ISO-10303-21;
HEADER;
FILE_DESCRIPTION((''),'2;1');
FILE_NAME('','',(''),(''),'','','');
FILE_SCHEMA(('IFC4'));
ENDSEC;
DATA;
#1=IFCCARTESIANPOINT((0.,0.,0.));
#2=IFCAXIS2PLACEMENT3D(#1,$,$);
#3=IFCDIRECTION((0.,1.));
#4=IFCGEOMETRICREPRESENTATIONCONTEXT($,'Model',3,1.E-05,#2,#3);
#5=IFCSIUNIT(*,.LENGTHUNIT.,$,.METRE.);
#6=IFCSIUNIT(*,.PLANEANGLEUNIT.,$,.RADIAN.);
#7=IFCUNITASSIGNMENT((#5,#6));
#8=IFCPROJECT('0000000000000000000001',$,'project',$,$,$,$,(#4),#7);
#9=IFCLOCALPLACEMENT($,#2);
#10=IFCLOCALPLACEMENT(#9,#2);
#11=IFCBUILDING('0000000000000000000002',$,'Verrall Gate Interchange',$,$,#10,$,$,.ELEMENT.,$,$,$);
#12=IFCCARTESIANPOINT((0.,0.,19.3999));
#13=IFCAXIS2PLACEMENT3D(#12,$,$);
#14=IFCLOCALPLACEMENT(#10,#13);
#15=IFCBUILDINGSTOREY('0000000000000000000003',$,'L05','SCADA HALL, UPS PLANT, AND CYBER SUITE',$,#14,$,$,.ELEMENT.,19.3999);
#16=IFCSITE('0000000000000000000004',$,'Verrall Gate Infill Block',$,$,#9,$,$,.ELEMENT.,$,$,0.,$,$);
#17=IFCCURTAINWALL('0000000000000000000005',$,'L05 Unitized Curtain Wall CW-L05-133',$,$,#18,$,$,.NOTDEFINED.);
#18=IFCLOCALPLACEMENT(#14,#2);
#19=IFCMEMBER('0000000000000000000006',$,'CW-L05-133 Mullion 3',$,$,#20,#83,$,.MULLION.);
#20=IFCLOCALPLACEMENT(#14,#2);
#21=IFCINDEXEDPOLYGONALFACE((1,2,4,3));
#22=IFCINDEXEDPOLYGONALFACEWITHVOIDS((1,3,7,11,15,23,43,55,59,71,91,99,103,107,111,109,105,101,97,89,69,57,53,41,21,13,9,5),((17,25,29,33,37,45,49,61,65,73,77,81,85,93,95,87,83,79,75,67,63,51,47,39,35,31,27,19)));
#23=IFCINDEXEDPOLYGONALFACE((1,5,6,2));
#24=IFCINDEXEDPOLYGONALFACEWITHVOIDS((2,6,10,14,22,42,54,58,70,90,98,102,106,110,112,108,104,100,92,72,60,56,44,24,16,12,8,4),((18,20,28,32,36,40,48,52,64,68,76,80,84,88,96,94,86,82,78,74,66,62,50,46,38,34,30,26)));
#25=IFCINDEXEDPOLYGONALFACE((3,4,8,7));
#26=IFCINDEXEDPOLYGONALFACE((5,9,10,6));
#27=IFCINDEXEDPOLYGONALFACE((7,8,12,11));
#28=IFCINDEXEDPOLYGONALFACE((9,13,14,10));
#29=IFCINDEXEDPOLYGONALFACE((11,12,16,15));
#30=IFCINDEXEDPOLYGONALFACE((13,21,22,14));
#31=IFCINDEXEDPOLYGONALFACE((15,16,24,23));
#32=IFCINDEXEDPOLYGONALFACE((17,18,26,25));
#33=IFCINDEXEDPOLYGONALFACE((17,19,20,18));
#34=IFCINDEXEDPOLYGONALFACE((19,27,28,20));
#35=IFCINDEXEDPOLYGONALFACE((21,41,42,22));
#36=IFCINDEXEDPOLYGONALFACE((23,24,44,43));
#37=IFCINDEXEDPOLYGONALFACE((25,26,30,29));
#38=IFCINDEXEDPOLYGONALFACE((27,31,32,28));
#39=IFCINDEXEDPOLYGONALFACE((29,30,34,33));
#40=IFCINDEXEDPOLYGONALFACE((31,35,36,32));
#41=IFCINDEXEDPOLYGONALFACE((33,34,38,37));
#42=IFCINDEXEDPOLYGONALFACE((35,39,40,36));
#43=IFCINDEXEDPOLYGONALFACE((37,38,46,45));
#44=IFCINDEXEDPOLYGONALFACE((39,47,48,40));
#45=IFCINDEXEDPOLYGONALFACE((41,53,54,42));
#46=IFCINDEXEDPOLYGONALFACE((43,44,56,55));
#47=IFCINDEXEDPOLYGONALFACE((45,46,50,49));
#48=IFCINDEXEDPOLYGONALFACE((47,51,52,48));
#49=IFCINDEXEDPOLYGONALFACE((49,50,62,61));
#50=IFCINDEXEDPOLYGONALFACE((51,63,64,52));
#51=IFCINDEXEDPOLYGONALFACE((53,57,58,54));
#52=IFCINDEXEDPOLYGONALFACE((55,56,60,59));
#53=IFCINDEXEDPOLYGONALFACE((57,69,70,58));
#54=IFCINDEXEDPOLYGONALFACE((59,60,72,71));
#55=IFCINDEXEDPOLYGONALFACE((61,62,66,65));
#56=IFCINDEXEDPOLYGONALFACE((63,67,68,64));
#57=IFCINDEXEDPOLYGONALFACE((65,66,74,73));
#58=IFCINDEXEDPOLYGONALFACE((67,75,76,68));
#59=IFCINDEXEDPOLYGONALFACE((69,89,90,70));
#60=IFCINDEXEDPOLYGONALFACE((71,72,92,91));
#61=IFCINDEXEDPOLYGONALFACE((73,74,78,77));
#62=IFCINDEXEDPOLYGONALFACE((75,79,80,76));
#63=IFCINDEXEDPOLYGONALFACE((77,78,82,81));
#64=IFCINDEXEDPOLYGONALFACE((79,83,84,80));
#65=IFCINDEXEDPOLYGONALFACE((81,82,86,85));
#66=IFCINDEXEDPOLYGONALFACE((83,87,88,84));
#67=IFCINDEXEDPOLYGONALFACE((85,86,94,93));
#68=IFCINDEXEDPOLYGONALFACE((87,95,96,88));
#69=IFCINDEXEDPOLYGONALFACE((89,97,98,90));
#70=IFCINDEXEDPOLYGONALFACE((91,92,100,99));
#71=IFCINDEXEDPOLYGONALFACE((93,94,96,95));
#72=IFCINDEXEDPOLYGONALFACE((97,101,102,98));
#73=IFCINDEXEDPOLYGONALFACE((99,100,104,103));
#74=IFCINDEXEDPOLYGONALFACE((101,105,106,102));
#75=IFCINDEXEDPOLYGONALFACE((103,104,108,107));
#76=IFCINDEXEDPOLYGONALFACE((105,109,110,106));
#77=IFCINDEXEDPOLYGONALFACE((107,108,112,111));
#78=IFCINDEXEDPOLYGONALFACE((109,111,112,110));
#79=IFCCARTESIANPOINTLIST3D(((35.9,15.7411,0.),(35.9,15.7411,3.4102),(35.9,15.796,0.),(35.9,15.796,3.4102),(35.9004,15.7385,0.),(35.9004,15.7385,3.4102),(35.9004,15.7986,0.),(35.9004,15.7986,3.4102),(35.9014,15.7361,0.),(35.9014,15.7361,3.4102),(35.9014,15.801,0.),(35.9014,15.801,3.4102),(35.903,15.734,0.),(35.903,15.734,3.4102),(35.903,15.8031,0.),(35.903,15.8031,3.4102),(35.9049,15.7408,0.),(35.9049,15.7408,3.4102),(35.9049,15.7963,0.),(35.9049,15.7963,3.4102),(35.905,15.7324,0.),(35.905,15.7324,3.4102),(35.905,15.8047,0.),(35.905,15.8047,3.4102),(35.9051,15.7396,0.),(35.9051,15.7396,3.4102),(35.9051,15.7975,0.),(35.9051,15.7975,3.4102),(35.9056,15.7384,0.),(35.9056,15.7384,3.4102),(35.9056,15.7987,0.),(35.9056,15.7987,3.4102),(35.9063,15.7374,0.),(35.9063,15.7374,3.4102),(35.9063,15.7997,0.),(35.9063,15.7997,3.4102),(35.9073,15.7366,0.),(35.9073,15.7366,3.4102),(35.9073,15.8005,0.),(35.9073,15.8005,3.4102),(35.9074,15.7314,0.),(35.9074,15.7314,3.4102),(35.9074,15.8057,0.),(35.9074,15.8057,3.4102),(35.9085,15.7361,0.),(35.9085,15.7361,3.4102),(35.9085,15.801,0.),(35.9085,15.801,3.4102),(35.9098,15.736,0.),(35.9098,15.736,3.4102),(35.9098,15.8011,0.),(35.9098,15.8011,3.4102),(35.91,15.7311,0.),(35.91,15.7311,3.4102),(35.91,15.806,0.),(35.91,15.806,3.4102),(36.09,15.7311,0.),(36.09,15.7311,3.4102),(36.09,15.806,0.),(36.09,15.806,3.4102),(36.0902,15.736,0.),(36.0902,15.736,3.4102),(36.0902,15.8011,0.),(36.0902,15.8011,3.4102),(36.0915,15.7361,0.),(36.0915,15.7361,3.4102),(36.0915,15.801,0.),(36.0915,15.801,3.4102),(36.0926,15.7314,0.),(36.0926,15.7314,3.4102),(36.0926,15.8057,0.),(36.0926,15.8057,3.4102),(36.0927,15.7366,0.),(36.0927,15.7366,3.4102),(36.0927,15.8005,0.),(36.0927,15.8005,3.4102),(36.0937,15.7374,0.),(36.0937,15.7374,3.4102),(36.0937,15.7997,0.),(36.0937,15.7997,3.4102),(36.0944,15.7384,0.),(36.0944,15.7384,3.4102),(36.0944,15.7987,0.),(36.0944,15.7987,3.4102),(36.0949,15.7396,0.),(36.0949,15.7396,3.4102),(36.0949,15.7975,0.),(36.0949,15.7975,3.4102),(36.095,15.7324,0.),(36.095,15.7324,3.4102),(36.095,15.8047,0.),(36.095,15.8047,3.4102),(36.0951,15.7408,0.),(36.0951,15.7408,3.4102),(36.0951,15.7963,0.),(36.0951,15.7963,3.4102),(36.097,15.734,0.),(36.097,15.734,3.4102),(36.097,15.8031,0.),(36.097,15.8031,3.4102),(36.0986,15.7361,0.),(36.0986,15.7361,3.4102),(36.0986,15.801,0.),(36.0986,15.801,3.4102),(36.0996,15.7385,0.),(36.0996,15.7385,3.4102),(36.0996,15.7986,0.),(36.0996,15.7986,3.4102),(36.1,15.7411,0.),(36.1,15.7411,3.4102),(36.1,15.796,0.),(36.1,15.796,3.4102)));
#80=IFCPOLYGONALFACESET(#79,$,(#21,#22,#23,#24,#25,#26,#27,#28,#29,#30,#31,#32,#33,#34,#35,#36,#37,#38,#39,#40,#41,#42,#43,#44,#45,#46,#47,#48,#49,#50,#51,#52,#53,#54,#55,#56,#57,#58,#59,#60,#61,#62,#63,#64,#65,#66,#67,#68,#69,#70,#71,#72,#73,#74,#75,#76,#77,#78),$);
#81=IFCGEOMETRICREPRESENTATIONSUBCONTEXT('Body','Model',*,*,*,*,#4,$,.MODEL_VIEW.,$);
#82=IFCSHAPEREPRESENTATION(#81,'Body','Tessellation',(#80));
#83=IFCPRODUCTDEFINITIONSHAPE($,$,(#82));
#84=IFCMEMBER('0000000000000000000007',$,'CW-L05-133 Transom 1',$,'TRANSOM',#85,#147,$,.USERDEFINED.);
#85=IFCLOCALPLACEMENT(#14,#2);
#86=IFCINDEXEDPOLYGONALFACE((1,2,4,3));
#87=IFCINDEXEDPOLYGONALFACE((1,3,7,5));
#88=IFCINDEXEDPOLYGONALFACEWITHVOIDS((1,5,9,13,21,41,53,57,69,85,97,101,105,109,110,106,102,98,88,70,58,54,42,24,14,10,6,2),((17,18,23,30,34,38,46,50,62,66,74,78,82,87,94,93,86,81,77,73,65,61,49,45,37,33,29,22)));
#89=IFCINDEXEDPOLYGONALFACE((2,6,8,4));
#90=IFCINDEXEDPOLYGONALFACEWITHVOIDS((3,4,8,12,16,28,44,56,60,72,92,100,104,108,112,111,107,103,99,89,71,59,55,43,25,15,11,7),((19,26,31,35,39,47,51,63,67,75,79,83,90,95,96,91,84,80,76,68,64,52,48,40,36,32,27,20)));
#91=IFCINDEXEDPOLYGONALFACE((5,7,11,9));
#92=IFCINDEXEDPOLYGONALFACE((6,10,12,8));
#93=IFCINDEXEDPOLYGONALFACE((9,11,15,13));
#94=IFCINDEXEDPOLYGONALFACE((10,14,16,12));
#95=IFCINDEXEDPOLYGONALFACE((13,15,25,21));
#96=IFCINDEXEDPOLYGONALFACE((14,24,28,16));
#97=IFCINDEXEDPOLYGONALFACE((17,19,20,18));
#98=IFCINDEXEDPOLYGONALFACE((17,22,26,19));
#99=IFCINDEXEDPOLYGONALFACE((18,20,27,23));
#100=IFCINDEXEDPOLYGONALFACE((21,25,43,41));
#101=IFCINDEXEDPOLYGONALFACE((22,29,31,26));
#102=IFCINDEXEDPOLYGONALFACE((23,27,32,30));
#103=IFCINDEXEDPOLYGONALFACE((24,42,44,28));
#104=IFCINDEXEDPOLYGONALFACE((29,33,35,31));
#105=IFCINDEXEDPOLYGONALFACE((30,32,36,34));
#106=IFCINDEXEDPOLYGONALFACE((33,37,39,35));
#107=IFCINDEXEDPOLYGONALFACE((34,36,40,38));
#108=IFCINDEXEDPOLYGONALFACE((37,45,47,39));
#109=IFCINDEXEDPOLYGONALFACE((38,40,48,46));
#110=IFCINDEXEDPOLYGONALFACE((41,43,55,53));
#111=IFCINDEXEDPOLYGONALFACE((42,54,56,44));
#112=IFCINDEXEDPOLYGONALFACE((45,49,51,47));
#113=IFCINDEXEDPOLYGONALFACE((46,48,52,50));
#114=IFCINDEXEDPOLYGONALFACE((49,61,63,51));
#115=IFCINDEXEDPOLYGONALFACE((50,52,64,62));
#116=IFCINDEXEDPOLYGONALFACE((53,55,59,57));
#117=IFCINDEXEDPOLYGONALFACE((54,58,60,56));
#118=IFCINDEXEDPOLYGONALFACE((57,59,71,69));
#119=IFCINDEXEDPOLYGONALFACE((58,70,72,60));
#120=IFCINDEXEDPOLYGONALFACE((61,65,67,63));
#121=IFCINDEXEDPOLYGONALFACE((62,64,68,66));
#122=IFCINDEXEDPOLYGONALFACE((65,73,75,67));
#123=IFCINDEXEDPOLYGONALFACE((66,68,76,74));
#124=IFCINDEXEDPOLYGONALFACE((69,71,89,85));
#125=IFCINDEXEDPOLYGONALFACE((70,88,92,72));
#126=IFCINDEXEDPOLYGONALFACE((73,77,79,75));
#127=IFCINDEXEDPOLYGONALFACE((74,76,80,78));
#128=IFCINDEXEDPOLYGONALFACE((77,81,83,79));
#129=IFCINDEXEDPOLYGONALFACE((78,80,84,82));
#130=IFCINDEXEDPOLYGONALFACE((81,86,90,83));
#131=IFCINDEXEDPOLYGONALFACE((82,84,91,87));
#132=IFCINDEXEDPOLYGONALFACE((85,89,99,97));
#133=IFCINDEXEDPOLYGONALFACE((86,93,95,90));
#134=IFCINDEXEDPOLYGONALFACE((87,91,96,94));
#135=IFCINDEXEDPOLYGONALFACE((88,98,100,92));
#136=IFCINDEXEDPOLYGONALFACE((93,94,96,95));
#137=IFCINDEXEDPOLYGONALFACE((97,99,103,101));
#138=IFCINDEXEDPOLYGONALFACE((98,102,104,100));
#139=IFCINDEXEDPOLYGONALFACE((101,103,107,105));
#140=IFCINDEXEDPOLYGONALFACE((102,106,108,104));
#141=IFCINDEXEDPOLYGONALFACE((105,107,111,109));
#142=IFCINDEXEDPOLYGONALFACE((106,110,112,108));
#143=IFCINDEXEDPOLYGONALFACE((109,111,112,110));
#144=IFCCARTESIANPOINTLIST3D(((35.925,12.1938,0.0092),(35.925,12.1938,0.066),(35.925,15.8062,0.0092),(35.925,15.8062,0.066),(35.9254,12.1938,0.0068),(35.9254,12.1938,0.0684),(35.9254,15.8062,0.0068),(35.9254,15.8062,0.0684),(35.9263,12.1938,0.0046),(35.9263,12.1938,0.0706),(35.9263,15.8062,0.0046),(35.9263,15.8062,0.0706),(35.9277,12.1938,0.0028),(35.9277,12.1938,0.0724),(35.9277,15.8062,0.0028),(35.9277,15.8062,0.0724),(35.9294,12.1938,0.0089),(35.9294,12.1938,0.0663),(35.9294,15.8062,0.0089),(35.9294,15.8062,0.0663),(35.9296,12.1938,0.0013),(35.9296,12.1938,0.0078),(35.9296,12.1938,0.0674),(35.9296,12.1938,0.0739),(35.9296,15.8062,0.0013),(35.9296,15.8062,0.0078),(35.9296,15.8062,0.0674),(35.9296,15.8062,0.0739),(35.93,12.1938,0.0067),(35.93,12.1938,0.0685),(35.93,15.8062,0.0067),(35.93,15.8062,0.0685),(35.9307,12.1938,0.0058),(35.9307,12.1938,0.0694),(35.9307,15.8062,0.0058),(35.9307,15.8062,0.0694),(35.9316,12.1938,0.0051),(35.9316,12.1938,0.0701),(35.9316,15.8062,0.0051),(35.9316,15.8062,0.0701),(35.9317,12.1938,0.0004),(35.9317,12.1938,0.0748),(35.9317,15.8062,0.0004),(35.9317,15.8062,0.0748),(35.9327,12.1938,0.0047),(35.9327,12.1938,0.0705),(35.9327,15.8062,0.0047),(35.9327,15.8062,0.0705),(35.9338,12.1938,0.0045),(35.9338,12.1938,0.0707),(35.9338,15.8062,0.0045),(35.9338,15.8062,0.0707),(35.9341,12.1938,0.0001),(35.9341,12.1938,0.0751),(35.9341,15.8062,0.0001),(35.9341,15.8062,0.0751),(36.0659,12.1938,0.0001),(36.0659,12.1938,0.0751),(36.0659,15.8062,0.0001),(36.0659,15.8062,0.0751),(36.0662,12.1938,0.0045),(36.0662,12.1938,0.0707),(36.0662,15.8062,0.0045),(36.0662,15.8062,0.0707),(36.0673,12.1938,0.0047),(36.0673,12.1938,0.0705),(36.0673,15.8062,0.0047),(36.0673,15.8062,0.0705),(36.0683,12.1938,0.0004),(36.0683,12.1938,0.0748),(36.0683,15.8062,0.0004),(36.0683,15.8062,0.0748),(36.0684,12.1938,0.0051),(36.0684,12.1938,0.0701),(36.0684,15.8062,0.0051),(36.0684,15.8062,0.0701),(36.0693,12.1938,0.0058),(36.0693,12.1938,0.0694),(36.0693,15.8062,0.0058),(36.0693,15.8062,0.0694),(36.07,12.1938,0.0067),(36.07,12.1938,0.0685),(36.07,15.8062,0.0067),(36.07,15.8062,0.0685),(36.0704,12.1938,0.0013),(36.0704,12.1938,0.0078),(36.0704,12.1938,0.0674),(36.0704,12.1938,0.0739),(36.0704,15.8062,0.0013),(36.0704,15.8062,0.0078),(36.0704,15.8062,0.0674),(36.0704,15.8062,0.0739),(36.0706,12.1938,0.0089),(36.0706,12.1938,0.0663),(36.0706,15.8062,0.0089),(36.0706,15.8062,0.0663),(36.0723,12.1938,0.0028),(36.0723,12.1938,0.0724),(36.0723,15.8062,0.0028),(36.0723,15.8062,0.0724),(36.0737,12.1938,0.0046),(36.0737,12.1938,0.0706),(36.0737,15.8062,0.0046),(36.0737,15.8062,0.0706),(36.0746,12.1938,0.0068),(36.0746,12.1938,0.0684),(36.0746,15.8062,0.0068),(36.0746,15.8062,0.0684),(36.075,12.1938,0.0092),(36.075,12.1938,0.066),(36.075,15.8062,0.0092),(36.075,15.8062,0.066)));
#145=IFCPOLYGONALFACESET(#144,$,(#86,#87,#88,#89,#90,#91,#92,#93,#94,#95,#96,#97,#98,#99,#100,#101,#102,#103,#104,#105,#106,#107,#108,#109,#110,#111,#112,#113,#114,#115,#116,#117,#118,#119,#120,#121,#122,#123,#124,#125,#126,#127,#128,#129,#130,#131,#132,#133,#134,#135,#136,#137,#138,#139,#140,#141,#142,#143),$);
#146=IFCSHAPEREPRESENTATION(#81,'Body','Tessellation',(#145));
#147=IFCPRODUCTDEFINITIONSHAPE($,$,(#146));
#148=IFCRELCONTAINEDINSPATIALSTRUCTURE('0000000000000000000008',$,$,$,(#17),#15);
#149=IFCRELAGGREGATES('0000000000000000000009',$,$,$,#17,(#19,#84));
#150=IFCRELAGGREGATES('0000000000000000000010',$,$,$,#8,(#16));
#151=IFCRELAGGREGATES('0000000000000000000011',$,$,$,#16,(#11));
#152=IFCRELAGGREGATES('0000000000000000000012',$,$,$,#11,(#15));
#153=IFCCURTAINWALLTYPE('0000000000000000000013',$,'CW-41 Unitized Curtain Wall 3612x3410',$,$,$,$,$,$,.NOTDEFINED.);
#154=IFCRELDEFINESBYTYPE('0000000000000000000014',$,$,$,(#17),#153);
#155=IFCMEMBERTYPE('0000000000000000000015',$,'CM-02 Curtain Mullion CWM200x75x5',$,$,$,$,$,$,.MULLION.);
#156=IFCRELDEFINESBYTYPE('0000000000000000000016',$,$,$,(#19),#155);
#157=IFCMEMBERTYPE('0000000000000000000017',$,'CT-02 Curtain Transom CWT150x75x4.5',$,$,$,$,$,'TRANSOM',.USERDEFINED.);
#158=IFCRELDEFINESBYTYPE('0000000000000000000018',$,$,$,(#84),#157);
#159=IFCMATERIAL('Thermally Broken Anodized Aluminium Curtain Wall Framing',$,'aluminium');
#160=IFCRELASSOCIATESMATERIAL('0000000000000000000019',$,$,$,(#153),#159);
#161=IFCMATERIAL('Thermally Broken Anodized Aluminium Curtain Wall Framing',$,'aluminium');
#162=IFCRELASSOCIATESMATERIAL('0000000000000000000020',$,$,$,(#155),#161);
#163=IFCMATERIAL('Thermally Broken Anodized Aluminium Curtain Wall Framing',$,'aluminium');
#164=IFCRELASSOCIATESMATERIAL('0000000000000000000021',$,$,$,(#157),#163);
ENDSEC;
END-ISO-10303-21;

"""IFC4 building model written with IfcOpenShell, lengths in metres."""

from ifc_helpers import new_model, si_unit, direction, frame, origin, origin_2d, place, context, subcontext, project, spatial, hollow_rectangle, extrude, material, material_profile, profile_set, type_object, element, aggregate, save


model = new_model("IFC4")

# Units and contexts
model_context = context("Model", 3, precision=1e-05, world=origin(), true_north=direction((0.0, 1.0)))
body_context = subcontext(model_context, "Body", "Model", "MODEL_VIEW")
ifc_project = project(units=[si_unit("LENGTHUNIT", "METRE"), si_unit("PLANEANGLEUNIT", "RADIAN")], contexts=[model_context])

# Site, building, storey
site_placement = place(None, origin())
site = spatial("IfcSite", under=ifc_project, at=site_placement, Name="Verrall Gate Infill Block", CompositionType="ELEMENT", RefElevation=0.0)
building_placement = place(site_placement, origin())
building = spatial("IfcBuilding", under=site, at=building_placement, Name="Verrall Gate Interchange", CompositionType="ELEMENT")
storey_placement = place(building_placement, frame((0.0, 0.0, 19.3999)))
storey = spatial("IfcBuildingStorey", under=building, at=storey_placement, Name="L05", Description="SCADA HALL, UPS PLANT, AND CYBER SUITE", CompositionType="ELEMENT", Elevation=19.3999)

# Curtain wall, members
ifc_material_1 = material(Name="Thermally Broken Anodized Aluminium Curtain Wall Framing", Category="aluminium")
curtain_wall_type = type_object("IfcCurtainWallType", Name="CW-41 Unitized Curtain Wall 3612x3410", PredefinedType="NOTDEFINED", material=ifc_material_1)
curtain_wall_placement = place(storey_placement, origin())
curtain_wall = element("IfcCurtainWall", 1, at=curtain_wall_placement, inside=storey, type_object=curtain_wall_type, Name="L05 Unitized Curtain Wall CW-L05-133", PredefinedType="NOTDEFINED")
ifc_material_2 = material(Name="Thermally Broken Anodized Aluminium Curtain Wall Framing", Category="aluminium")
ifc_material_profile_1 = material_profile(ifc_material_2, hollow_rectangle(XDim=0.075, YDim=0.2, WallThickness=0.0049, InnerFilletRadius=0.0049, OuterFilletRadius=0.01, at=origin_2d()), Name="CWM200x75x5")
ifc_profile_set_1 = profile_set([ifc_material_profile_1], Name="Thermally Broken Anodized Aluminium Curtain Wall Framing")
member_type_1 = type_object("IfcMemberType", Name="CM-02 Curtain Mullion CWM200x75x5", PredefinedType="MULLION", material=ifc_profile_set_1)
member_1_placement = place(storey_placement, frame((36.0, 15.7686, 0.0), z_axis=(0.0, 0.0, 1.0), x_axis=(0.0, 1.0, 0.0)))
member_1 = element("IfcMember", 2, at=member_1_placement, type_object=member_type_1, Name="CW-L05-133 Mullion 3", PredefinedType="MULLION", context=body_context, shape_type="SweptSolid", body=[
    extrude(hollow_rectangle(XDim=0.075, YDim=0.2, WallThickness=0.0049, InnerFilletRadius=0.0049, OuterFilletRadius=0.01, at=origin_2d()), origin(), (0.0, 0.0, 1.0), 3.4102),
])
ifc_material_3 = material(Name="Thermally Broken Anodized Aluminium Curtain Wall Framing", Category="aluminium")
ifc_material_profile_2 = material_profile(ifc_material_3, hollow_rectangle(XDim=0.1499, YDim=0.075, WallThickness=0.0044, InnerFilletRadius=0.0044, OuterFilletRadius=0.009, at=origin_2d()), Name="CWT150x75x4.5")
ifc_profile_set_2 = profile_set([ifc_material_profile_2], Name="Thermally Broken Anodized Aluminium Curtain Wall Framing")
member_type_2 = type_object("IfcMemberType", Name="CT-02 Curtain Transom CWT150x75x4.5", ElementType="TRANSOM", PredefinedType="USERDEFINED", material=ifc_profile_set_2)
member_2_placement = place(storey_placement, frame((36.0, 12.1938, 0.0376), z_axis=(0.0, 1.0, 0.0), x_axis=(-1.0, 0.0, 0.0)))
member_2 = element("IfcMember", 3, at=member_2_placement, type_object=member_type_2, Name="CW-L05-133 Transom 1", ObjectType="TRANSOM", PredefinedType="USERDEFINED", context=body_context, shape_type="SweptSolid", body=[
    extrude(hollow_rectangle(XDim=0.1499, YDim=0.075, WallThickness=0.0044, InnerFilletRadius=0.0044, OuterFilletRadius=0.009, at=origin_2d()), origin(), (0.0, 0.0, 1.0), 3.6123),
])

aggregate(curtain_wall, [member_1, member_2])

save(model, "model.ifc")
